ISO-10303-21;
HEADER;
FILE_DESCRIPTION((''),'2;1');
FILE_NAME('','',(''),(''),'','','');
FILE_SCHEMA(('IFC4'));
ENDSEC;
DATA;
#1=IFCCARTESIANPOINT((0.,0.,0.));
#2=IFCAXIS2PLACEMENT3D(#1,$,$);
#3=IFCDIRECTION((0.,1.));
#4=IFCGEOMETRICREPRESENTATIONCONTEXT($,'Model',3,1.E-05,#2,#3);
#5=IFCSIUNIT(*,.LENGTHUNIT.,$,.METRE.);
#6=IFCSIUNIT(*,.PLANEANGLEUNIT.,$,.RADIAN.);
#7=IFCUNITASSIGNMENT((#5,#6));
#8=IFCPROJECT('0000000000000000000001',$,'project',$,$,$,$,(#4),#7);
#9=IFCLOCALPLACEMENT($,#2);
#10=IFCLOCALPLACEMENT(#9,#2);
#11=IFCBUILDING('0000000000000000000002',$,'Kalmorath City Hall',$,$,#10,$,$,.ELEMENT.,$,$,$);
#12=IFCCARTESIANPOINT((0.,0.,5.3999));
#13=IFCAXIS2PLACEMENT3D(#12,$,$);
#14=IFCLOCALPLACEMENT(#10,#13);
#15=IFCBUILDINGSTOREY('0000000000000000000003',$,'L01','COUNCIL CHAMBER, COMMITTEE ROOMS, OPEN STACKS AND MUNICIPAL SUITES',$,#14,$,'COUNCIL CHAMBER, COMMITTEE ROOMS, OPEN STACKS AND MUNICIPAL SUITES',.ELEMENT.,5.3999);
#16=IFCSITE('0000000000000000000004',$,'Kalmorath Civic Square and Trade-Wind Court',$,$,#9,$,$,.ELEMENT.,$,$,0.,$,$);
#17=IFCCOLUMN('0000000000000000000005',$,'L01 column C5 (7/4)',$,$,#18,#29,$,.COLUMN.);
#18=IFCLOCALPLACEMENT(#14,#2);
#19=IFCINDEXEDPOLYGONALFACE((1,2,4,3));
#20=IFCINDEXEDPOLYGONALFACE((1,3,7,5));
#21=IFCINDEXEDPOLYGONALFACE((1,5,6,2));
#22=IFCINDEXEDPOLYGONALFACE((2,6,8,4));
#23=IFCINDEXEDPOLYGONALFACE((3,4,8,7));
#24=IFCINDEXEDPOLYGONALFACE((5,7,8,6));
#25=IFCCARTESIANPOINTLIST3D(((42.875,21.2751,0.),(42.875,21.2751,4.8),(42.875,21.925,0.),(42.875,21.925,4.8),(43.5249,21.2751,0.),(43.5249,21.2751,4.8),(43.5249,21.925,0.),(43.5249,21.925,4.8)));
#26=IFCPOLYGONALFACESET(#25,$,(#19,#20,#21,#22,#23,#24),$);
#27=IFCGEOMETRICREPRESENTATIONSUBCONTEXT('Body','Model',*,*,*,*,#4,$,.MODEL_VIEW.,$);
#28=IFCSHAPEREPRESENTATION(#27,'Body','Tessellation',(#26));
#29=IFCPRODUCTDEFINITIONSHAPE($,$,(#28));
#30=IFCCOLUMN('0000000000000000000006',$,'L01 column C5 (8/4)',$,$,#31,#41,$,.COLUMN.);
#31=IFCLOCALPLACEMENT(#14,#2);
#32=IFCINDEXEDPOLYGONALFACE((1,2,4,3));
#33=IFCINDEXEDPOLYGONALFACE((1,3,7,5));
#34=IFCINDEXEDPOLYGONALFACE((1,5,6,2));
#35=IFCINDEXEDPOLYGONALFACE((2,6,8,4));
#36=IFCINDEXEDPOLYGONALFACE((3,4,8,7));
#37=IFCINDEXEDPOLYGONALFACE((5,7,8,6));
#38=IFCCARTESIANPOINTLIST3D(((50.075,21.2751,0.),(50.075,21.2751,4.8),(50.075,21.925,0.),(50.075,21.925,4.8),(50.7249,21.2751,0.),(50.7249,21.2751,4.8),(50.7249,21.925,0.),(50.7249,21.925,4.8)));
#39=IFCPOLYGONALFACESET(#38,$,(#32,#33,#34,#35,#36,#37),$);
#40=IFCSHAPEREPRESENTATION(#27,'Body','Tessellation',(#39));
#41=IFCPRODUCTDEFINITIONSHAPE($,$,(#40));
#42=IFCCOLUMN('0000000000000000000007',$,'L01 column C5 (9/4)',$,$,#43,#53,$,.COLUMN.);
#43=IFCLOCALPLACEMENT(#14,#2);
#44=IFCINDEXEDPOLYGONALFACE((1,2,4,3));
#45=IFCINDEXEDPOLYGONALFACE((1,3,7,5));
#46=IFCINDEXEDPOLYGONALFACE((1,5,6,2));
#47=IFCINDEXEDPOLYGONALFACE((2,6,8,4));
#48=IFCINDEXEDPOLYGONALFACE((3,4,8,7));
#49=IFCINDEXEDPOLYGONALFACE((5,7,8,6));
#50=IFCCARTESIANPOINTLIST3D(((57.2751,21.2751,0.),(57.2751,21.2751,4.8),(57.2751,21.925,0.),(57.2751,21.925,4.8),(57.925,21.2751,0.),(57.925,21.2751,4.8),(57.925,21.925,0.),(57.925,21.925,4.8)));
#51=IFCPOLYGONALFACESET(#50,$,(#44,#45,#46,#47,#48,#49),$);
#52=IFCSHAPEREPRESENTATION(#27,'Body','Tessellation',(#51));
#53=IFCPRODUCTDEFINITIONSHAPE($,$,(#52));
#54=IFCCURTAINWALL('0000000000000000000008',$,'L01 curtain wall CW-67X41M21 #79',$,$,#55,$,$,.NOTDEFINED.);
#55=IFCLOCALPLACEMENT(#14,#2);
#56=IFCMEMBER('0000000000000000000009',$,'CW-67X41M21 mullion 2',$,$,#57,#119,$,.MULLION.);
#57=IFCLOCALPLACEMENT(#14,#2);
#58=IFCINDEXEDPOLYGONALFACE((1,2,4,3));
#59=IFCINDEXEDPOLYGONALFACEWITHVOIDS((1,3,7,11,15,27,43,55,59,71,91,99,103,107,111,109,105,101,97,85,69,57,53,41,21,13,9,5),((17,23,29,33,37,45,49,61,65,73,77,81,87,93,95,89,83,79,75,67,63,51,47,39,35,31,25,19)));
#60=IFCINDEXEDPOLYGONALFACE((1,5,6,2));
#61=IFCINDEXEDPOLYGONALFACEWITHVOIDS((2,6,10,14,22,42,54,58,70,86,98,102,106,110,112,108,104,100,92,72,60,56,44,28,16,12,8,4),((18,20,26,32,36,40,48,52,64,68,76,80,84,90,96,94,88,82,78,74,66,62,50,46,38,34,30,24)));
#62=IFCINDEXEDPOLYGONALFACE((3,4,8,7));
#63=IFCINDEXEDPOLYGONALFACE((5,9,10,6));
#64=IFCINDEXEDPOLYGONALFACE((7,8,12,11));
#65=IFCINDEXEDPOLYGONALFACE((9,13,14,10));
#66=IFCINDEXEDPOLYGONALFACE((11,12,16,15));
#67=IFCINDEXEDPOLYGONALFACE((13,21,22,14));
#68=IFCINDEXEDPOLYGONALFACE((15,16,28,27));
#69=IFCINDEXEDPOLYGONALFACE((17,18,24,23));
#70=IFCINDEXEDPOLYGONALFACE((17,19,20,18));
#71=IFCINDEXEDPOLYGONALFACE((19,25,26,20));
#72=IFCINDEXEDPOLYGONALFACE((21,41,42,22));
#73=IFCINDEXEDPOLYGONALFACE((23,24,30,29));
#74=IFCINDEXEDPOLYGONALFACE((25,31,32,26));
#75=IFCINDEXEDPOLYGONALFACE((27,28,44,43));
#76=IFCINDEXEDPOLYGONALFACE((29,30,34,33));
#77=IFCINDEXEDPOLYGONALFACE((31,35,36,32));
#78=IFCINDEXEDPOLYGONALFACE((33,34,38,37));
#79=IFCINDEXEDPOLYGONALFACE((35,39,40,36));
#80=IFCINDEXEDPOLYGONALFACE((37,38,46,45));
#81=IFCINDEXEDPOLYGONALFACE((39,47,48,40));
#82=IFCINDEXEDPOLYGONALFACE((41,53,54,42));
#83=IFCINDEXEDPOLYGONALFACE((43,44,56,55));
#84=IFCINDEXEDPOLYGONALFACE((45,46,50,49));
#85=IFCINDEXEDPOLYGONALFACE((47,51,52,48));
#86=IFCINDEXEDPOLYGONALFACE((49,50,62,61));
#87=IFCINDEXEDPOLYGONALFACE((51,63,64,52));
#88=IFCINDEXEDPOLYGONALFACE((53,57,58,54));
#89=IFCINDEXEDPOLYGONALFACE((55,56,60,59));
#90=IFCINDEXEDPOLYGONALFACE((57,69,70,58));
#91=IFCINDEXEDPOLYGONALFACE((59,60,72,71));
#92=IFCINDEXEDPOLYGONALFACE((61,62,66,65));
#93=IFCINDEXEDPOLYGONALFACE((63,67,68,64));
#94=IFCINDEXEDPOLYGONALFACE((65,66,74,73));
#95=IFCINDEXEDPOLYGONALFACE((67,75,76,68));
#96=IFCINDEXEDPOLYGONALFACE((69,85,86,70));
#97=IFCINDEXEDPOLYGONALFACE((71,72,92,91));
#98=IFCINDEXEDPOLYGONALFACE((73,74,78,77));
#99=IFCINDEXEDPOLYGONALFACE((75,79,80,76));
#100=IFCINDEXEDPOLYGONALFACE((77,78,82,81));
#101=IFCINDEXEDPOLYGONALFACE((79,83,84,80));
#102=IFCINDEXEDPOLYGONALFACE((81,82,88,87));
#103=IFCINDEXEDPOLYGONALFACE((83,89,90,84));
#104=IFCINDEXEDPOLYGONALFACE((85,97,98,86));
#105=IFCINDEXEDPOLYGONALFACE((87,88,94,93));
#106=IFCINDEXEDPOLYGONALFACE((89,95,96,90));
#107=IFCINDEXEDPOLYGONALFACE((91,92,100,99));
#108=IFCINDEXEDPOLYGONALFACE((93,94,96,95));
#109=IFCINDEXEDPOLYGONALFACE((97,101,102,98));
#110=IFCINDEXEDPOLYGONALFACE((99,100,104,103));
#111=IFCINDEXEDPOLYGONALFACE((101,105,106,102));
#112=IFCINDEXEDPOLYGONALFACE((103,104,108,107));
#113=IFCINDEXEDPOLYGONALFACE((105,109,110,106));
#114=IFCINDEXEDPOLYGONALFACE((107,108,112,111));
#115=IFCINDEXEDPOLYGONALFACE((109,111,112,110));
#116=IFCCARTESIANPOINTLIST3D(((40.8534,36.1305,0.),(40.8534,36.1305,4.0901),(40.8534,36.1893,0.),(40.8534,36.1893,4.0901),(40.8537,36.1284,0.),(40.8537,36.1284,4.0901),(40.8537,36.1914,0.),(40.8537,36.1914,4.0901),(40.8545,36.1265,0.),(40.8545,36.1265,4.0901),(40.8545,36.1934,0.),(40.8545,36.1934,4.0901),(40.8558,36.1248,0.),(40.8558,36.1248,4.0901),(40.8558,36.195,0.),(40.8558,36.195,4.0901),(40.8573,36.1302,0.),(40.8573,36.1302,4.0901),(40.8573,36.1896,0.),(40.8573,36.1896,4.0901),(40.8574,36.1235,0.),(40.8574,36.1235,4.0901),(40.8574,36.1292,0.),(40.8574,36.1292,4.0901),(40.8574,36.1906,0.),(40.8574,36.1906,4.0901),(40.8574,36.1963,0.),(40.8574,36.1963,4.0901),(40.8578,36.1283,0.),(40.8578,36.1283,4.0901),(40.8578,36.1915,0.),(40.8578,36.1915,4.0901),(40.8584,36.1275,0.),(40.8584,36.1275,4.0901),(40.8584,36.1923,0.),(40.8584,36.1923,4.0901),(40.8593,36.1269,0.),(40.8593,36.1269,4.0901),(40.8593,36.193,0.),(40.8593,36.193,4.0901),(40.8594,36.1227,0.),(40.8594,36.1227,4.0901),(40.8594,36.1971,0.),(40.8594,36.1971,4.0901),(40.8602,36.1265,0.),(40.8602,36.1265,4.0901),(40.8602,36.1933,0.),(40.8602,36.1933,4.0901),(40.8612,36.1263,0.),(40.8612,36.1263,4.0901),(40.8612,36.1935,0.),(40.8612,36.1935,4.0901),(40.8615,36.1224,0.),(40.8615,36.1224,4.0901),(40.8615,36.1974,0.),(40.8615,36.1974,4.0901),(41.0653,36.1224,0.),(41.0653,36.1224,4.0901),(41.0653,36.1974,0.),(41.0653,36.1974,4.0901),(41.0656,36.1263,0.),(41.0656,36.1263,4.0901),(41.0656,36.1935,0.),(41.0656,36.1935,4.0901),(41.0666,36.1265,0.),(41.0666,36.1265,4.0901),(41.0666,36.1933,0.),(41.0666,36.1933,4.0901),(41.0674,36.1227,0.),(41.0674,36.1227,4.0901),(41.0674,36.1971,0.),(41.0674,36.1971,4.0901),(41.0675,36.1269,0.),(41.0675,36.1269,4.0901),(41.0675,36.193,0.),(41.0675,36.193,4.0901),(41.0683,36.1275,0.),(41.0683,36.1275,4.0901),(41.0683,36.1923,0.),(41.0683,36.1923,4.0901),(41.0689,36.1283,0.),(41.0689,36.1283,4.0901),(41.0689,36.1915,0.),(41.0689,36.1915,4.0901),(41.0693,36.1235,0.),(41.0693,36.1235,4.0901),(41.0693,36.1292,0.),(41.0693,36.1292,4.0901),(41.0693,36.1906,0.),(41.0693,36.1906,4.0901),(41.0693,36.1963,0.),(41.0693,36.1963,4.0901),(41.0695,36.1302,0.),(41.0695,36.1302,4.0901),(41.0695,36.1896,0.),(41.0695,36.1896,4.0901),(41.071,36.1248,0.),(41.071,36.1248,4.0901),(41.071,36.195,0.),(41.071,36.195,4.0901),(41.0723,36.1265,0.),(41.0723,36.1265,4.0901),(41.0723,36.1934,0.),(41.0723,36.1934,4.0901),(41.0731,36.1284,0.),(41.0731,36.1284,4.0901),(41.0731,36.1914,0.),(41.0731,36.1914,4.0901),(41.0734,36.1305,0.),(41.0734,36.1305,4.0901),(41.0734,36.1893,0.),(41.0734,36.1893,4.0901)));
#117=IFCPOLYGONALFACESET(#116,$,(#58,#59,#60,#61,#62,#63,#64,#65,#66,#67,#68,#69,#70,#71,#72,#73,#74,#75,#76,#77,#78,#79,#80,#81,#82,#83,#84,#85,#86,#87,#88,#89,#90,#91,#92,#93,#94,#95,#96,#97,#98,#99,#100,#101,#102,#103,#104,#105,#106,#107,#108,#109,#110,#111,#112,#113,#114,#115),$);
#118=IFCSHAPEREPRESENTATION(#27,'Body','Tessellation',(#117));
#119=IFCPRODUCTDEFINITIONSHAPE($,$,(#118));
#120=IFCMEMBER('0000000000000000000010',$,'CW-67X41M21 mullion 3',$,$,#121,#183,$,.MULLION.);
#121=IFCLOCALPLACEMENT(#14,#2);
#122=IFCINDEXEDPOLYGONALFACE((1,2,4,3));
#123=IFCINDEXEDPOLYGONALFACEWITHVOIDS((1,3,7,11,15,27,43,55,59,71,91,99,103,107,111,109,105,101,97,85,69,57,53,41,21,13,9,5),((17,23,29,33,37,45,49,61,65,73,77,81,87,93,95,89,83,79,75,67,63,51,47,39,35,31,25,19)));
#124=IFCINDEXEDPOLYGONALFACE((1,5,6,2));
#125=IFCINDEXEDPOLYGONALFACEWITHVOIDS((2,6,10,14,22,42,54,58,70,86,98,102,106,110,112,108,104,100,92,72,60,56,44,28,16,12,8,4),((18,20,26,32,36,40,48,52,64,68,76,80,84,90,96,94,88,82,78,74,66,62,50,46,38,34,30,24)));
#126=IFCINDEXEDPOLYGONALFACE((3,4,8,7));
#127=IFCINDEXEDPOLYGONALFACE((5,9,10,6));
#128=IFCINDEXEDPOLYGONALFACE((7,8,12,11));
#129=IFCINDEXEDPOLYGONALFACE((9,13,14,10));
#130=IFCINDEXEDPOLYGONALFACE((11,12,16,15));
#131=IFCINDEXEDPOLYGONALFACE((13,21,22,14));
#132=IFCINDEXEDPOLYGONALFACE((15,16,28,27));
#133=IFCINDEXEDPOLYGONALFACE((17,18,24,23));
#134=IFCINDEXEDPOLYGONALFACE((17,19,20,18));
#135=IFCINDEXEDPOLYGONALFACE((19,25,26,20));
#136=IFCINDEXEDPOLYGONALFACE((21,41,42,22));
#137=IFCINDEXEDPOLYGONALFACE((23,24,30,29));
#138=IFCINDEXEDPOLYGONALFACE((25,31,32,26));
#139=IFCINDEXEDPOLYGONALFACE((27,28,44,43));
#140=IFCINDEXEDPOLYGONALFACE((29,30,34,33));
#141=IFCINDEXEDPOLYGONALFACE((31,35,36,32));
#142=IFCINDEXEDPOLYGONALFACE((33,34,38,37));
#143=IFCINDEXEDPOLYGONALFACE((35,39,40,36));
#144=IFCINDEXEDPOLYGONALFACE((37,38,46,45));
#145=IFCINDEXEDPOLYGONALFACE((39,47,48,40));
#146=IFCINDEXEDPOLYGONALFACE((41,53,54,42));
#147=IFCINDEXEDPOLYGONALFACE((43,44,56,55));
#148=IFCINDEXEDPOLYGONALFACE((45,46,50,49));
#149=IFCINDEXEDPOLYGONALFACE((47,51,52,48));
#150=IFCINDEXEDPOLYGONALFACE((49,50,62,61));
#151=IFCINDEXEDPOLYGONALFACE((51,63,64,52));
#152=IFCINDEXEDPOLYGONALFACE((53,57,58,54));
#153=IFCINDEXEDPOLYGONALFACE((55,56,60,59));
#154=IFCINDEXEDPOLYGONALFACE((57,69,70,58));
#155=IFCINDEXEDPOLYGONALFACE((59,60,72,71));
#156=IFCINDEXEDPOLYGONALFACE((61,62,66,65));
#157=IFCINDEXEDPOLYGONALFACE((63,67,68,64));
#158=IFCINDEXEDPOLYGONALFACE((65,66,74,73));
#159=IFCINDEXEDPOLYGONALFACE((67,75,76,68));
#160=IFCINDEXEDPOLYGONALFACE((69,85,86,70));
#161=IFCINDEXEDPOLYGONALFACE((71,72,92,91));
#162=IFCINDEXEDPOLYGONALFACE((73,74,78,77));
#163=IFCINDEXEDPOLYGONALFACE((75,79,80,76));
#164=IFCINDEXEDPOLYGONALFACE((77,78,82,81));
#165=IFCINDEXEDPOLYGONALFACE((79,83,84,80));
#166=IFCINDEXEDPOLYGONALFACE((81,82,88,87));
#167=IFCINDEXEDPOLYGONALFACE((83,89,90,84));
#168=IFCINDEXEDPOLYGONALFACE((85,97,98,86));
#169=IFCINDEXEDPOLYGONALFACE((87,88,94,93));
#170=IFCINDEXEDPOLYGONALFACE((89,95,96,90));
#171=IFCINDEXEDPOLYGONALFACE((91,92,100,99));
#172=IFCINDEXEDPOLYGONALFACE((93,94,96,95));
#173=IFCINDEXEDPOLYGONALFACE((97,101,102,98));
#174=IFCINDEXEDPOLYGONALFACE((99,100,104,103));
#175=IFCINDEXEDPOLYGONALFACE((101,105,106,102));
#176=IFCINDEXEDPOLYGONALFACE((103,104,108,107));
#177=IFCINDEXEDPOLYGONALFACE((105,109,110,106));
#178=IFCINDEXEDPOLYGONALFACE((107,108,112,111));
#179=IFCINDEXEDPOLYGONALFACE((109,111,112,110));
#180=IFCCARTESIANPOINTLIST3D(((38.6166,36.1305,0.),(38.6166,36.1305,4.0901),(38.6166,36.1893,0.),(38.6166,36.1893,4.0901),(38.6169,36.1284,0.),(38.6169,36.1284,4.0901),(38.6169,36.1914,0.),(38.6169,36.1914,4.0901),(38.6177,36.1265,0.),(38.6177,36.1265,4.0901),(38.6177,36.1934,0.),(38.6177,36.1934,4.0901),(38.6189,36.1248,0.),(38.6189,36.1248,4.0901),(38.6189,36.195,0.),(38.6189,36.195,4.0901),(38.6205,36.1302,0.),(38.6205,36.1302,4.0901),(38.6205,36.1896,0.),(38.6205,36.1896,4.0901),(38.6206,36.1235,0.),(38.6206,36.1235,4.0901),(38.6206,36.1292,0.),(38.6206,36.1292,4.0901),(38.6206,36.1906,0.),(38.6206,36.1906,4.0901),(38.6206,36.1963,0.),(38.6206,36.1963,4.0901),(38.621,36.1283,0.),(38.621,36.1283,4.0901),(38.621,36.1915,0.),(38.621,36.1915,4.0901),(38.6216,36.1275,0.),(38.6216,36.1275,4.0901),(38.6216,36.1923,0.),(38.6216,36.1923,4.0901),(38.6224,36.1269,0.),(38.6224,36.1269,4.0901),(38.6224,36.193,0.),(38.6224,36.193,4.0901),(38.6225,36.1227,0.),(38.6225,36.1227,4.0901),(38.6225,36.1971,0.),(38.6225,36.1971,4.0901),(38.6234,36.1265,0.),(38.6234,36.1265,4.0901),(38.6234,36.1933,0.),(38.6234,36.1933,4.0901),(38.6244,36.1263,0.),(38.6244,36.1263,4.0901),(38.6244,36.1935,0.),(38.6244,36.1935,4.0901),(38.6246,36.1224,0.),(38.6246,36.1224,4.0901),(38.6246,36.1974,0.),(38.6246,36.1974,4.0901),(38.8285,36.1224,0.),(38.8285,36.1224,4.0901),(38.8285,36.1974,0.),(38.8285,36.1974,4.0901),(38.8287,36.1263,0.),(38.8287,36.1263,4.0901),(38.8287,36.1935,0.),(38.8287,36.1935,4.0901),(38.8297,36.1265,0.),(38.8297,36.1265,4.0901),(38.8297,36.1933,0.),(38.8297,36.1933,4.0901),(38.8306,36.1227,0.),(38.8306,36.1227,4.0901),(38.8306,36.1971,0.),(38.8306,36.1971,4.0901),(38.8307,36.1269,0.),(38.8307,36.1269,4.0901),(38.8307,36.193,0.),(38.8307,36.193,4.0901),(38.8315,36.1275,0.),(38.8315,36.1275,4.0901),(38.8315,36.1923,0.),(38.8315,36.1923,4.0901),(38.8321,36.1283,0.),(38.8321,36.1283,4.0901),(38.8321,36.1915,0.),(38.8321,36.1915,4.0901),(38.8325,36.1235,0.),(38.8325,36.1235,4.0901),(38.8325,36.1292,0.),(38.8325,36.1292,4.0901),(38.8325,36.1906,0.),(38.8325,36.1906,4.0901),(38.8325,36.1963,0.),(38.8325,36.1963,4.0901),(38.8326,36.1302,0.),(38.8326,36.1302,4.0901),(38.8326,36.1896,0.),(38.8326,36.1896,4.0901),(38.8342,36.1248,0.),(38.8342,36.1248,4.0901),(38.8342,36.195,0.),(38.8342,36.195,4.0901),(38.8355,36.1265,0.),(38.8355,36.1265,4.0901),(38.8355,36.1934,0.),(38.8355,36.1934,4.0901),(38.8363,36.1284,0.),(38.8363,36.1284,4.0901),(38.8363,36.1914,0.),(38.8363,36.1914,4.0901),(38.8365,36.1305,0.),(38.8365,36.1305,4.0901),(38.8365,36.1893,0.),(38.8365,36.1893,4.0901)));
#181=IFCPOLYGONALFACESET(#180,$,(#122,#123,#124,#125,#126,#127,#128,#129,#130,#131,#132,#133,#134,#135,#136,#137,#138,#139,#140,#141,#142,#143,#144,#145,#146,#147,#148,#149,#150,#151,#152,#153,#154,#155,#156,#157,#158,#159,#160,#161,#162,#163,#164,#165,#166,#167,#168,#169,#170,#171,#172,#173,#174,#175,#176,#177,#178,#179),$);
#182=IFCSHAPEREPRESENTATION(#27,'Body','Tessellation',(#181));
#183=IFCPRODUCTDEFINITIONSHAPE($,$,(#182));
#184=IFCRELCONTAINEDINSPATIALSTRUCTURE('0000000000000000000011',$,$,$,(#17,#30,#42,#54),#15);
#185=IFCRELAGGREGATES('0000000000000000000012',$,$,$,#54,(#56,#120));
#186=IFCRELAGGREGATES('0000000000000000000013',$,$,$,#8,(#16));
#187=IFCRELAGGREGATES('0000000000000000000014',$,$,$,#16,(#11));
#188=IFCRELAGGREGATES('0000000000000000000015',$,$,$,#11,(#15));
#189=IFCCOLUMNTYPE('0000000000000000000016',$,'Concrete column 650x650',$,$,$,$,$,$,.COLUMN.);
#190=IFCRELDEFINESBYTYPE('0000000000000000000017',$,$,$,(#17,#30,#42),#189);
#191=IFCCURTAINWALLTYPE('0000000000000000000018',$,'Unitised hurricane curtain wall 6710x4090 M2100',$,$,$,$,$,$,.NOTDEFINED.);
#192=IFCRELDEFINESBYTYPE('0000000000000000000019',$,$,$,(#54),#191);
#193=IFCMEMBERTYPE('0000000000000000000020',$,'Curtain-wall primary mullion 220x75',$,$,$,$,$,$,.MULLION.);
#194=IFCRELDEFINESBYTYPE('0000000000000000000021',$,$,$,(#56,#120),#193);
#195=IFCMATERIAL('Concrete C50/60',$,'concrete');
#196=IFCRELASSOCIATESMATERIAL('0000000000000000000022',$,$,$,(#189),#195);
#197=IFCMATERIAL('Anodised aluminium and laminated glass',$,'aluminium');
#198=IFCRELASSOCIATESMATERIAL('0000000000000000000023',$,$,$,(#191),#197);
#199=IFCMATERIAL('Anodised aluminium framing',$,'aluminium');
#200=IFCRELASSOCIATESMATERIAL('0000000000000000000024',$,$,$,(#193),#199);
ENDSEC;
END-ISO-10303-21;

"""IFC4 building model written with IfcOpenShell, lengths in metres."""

from ifc_helpers import new_model, si_unit, direction, frame, origin, origin_2d, place, context, subcontext, project, spatial, rectangle, hollow_rectangle, extrude, material, material_profile, profile_set, type_object, element, aggregate, save


model = new_model("IFC4")

# Units and contexts
model_context = context("Model", 3, precision=1e-05, world=origin(), true_north=direction((0.0, 1.0)))
body_context = subcontext(model_context, "Body", "Model", "MODEL_VIEW")
ifc_project = project(units=[si_unit("LENGTHUNIT", "METRE"), si_unit("PLANEANGLEUNIT", "RADIAN")], contexts=[model_context])

# Site, building, storey
site_placement = place(None, origin())
site = spatial("IfcSite", under=ifc_project, at=site_placement, Name="Kalmorath Civic Square and Trade-Wind Court", CompositionType="ELEMENT", RefElevation=0.0)
building_placement = place(site_placement, origin())
building = spatial("IfcBuilding", under=site, at=building_placement, Name="Kalmorath City Hall", CompositionType="ELEMENT")
storey_placement = place(building_placement, frame((0.0, 0.0, 5.3999)))
storey = spatial("IfcBuildingStorey", under=building, at=storey_placement, Name="L01", Description="COUNCIL CHAMBER, COMMITTEE ROOMS, OPEN STACKS AND MUNICIPAL SUITES", LongName="COUNCIL CHAMBER, COMMITTEE ROOMS, OPEN STACKS AND MUNICIPAL SUITES", CompositionType="ELEMENT", Elevation=5.3999)

# Columns
ifc_material_1 = material(Name="Concrete C50/60", Category="concrete")
ifc_material_profile_1 = material_profile(ifc_material_1, rectangle(XDim=0.6499, YDim=0.6499, at=origin_2d()), Name="RC-COL-650X650")
ifc_profile_set_1 = profile_set([ifc_material_profile_1], Name="Concrete C50/60")
column_type = type_object("IfcColumnType", Name="Concrete column 650x650", PredefinedType="COLUMN", material=ifc_profile_set_1)
for number, where, z_axis, x_axis, name in (
    (1, (43.2, 21.6001, 0.0), (0.0, 0.0, 1.0), (1.0, 0.0, 0.0), "L01 column C5 (7/4)"),
    (2, (50.3999, 21.6001, 0.0), (0.0, 0.0, 1.0), (1.0, 0.0, 0.0), "L01 column C5 (8/4)"),
    (3, (57.6001, 21.6001, 0.0), (0.0, 0.0, 1.0), (1.0, 0.0, 0.0), "L01 column C5 (9/4)"),
):
    element("IfcColumn", number, at=place(storey_placement, frame(where, z_axis=z_axis, x_axis=x_axis)), inside=storey, type_object=column_type, Name=name, PredefinedType="COLUMN", context=body_context, shape_type="SweptSolid", body=[
        extrude(rectangle(XDim=0.6499, YDim=0.6499, at=origin_2d()), origin(), (0.0, 0.0, 1.0), 4.8),
    ])

# Curtain wall, members
ifc_material_2 = material(Name="Anodised aluminium and laminated glass", Category="aluminium")
curtain_wall_type = type_object("IfcCurtainWallType", Name="Unitised hurricane curtain wall 6710x4090 M2100", PredefinedType="NOTDEFINED", material=ifc_material_2)
curtain_wall_placement = place(storey_placement, origin())
curtain_wall = element("IfcCurtainWall", 4, at=curtain_wall_placement, inside=storey, type_object=curtain_wall_type, Name="L01 curtain wall CW-67X41M21 #79", PredefinedType="NOTDEFINED")
ifc_material_3 = material(Name="Anodised aluminium framing", Category="aluminium")
ifc_material_profile_2 = material_profile(ifc_material_3, hollow_rectangle(XDim=0.075, YDim=0.22, WallThickness=0.0039, InnerFilletRadius=0.0039, OuterFilletRadius=0.0081, at=origin_2d()), Name="ALU-MUL-220X75X4")
ifc_profile_set_2 = profile_set([ifc_material_profile_2], Name="Anodised aluminium framing")
member_type_1 = type_object("IfcMemberType", Name="Curtain-wall primary mullion 220x75", PredefinedType="MULLION", material=ifc_profile_set_2)
member_1_placement = place(storey_placement, frame((40.9634, 36.1599, 0.0), z_axis=(0.0, 0.0, 1.0), x_axis=(0.0, -1.0, 0.0)))
member_1 = element("IfcMember", 5, at=member_1_placement, type_object=member_type_1, Name="CW-67X41M21 mullion 2", PredefinedType="MULLION", context=body_context, shape_type="SweptSolid", body=[
    extrude(hollow_rectangle(XDim=0.075, YDim=0.22, WallThickness=0.0039, InnerFilletRadius=0.0039, OuterFilletRadius=0.0081, at=origin_2d()), origin(), (0.0, 0.0, 1.0), 4.0901),
])
member_2_placement = place(storey_placement, frame((38.7266, 36.1599, 0.0), z_axis=(0.0, 0.0, 1.0), x_axis=(0.0, -1.0, 0.0)))
member_2 = element("IfcMember", 6, at=member_2_placement, type_object=member_type_1, Name="CW-67X41M21 mullion 3", PredefinedType="MULLION", context=body_context, shape_type="SweptSolid", body=[
    extrude(hollow_rectangle(XDim=0.075, YDim=0.22, WallThickness=0.0039, InnerFilletRadius=0.0039, OuterFilletRadius=0.0081, at=origin_2d()), origin(), (0.0, 0.0, 1.0), 4.0901),
])

aggregate(curtain_wall, [member_1, member_2])

save(model, "model.ifc")
